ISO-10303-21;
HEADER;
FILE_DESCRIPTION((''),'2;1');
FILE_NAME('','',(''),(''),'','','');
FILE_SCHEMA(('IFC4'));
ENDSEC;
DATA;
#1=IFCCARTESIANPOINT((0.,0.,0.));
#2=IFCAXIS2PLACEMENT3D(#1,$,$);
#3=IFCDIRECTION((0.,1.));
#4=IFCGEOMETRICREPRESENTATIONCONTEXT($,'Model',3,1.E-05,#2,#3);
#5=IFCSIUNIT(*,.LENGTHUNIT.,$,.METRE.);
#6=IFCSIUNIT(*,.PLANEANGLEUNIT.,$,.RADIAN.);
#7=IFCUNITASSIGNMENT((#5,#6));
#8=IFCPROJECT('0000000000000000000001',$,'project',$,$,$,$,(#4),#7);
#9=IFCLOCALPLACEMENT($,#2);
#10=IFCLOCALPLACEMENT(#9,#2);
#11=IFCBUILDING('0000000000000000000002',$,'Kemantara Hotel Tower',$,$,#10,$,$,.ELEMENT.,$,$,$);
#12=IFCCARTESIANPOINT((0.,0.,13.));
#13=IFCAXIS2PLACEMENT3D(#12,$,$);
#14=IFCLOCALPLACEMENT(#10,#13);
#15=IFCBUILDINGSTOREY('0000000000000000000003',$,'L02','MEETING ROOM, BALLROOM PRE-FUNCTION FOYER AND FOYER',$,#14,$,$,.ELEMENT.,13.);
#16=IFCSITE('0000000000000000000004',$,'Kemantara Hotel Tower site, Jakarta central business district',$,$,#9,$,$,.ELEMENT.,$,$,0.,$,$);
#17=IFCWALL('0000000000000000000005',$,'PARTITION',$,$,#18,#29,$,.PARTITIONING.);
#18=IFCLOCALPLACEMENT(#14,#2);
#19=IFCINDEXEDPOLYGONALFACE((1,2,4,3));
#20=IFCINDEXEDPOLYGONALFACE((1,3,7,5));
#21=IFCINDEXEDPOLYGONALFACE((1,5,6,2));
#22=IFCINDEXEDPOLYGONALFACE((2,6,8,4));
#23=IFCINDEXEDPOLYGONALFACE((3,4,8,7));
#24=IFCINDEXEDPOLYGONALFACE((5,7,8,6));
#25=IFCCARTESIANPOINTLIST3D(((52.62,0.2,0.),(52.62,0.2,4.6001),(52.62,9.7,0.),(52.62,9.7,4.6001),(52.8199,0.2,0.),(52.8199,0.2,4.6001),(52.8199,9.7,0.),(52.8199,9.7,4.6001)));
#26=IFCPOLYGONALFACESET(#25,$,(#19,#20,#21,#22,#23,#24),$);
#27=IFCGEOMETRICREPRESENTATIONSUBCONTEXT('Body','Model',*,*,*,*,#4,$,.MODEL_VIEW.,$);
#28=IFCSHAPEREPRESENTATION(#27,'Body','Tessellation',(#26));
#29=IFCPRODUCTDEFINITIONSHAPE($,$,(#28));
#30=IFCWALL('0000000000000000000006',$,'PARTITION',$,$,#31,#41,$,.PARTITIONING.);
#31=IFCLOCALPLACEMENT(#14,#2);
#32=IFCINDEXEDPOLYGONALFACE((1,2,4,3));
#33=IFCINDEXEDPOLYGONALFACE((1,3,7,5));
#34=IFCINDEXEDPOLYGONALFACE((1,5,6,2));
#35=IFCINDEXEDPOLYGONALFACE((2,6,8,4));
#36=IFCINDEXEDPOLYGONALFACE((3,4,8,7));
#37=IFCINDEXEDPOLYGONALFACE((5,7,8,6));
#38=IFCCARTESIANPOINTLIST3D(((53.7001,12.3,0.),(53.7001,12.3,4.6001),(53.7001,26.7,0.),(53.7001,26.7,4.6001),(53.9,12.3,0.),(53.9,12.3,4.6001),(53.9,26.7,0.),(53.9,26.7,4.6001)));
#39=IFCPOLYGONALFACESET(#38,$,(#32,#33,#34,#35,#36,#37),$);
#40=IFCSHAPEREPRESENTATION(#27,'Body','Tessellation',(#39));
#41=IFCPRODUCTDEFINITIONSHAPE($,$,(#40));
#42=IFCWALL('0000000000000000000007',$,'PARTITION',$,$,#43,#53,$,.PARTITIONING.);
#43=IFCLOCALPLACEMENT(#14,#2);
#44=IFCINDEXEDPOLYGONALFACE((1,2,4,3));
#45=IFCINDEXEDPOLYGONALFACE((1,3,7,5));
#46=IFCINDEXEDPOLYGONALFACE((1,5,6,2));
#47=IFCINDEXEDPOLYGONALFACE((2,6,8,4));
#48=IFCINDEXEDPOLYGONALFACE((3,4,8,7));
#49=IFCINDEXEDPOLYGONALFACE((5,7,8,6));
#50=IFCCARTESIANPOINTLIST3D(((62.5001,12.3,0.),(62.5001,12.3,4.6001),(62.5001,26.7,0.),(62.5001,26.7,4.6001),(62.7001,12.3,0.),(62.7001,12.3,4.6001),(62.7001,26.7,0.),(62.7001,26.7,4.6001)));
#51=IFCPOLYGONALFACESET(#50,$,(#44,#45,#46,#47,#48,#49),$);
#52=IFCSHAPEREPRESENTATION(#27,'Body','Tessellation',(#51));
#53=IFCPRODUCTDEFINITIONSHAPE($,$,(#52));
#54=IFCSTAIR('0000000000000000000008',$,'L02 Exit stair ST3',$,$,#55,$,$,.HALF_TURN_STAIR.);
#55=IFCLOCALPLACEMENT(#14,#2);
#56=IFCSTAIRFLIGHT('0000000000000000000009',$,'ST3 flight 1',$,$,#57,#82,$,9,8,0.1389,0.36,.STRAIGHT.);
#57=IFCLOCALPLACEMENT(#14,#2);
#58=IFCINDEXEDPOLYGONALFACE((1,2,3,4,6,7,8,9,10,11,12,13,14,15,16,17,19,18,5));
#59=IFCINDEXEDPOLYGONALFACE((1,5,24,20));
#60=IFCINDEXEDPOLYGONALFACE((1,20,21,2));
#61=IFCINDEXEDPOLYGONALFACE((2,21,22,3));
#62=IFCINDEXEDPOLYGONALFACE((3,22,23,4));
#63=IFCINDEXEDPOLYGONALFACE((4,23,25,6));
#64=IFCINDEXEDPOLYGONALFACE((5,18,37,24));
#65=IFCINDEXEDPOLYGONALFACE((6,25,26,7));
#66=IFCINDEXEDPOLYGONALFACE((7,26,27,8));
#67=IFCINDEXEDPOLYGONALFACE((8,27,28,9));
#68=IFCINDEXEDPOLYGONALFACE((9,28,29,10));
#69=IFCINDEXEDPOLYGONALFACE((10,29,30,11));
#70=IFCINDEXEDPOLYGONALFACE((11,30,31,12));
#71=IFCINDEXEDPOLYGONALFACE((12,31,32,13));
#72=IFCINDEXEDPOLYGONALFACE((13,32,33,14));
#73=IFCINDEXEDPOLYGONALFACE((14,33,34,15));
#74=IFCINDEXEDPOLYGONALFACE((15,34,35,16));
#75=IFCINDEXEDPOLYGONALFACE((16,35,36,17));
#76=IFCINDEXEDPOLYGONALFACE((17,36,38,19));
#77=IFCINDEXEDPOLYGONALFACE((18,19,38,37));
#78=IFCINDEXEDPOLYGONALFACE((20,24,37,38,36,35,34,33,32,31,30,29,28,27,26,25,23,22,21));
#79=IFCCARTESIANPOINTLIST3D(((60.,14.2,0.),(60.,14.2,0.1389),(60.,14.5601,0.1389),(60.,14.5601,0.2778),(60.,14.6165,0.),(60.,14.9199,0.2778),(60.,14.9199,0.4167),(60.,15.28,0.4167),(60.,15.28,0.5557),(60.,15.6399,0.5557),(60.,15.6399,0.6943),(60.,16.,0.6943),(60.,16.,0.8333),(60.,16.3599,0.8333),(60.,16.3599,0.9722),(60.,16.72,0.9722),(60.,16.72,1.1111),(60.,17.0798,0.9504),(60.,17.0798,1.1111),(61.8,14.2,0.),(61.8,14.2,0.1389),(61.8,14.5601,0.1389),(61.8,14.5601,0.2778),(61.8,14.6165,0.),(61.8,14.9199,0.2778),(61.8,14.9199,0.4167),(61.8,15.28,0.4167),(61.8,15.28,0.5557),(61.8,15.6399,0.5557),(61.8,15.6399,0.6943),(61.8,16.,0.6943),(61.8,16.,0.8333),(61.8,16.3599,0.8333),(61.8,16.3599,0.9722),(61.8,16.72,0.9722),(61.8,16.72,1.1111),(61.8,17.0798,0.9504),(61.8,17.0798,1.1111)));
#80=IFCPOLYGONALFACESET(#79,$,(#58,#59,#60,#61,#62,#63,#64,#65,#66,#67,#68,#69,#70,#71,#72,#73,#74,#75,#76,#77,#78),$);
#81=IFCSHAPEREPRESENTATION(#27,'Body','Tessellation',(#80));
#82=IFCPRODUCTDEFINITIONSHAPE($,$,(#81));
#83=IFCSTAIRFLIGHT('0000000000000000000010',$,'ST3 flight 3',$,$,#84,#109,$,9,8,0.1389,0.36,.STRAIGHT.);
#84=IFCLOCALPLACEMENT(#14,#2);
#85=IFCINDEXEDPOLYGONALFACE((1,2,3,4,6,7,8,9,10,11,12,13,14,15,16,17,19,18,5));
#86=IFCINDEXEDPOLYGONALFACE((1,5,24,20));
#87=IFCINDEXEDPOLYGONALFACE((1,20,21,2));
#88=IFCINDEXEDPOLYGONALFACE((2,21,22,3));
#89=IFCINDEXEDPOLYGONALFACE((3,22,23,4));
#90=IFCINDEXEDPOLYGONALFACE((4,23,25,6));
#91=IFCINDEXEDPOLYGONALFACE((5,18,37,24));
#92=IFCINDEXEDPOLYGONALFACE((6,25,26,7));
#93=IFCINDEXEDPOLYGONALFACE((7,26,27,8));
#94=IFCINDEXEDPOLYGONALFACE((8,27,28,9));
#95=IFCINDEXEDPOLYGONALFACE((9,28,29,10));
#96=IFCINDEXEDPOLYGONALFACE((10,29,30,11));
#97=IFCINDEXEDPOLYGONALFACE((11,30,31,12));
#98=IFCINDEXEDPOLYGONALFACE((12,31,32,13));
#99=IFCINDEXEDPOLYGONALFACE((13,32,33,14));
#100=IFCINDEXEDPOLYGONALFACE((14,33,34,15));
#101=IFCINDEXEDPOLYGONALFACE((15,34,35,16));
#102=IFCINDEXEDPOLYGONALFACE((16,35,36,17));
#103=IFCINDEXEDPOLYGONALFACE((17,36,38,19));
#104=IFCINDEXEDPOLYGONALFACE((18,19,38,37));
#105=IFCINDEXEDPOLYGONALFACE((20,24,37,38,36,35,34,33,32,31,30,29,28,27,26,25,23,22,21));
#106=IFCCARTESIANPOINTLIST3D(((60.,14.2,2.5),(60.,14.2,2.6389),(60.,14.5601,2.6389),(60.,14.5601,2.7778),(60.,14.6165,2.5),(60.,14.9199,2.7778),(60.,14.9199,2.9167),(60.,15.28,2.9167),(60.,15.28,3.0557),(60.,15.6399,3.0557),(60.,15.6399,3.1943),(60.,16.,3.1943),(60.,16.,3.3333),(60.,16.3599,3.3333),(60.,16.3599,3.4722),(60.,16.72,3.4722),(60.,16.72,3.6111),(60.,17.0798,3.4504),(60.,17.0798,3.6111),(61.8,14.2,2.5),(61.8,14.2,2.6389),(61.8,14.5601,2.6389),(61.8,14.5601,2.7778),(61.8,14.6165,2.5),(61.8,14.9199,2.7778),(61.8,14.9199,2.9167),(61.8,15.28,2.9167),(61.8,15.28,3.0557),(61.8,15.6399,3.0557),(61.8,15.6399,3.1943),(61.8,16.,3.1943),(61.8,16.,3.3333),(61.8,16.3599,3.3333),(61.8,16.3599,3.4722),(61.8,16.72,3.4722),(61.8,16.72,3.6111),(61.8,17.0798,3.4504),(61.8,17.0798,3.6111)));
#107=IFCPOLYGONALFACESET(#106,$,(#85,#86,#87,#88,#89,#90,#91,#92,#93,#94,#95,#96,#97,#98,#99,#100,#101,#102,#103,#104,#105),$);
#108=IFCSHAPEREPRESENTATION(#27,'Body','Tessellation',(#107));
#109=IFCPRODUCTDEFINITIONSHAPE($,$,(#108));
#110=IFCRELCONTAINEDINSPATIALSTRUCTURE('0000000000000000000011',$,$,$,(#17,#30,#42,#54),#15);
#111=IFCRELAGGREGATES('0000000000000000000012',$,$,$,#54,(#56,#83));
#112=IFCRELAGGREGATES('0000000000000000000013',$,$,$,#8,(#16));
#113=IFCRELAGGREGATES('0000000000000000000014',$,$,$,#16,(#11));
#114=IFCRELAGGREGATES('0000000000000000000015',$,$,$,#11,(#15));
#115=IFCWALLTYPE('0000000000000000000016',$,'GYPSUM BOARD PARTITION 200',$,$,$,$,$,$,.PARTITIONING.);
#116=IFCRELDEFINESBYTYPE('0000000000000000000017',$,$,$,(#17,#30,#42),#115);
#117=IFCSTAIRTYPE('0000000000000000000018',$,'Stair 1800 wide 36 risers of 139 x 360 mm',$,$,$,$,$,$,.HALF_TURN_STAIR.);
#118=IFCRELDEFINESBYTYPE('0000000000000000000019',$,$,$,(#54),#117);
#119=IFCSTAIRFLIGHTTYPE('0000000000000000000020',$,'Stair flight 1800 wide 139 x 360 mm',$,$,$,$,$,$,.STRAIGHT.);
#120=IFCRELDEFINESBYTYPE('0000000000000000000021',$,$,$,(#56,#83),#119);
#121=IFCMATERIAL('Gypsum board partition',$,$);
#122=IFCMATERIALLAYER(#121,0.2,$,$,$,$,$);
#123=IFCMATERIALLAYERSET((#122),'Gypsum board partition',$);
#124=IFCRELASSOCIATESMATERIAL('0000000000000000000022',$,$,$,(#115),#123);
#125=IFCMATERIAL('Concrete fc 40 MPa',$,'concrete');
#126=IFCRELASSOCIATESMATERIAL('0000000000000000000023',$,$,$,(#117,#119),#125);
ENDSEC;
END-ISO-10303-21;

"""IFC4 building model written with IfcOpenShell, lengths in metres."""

from ifc_helpers import new_model, si_unit, direction, frame, frame_2d, origin, place, context, subcontext, project, spatial, polyline, rectangle, outline, extrude, material, layer, layer_set, type_object, element, aggregate, save


model = new_model("IFC4")

# Units and contexts
model_context = context("Model", 3, precision=1e-05, world=origin(), true_north=direction((0.0, 1.0)))
body_context = subcontext(model_context, "Body", "Model", "MODEL_VIEW")
ifc_project = project(units=[si_unit("LENGTHUNIT", "METRE"), si_unit("PLANEANGLEUNIT", "RADIAN")], contexts=[model_context])

# Site, building, storey
site_placement = place(None, origin())
site = spatial("IfcSite", under=ifc_project, at=site_placement, Name="Kemantara Hotel Tower site, Jakarta central business district", CompositionType="ELEMENT", RefElevation=0.0)
building_placement = place(site_placement, origin())
building = spatial("IfcBuilding", under=site, at=building_placement, Name="Kemantara Hotel Tower", CompositionType="ELEMENT")
storey_placement = place(building_placement, frame((0.0, 0.0, 13.0)))
storey = spatial("IfcBuildingStorey", under=building, at=storey_placement, Name="L02", Description="MEETING ROOM, BALLROOM PRE-FUNCTION FOYER AND FOYER", CompositionType="ELEMENT", Elevation=13.0)

# Shared definitions
ifc_material_1 = material(Name="Concrete fc 40 MPa", Category="concrete")

# Walls
ifc_material_2 = material(Name="Gypsum board partition")
ifc_layer_1 = layer(ifc_material_2, 0.2)
ifc_layer_set_1 = layer_set([ifc_layer_1], Name="Gypsum board partition")
wall_type_1 = type_object("IfcWallType", Name="GYPSUM BOARD PARTITION 200", PredefinedType="PARTITIONING", material=ifc_layer_set_1)
wall_1_placement = place(storey_placement, frame((52.72, 0.2, 0.0), z_axis=(0.0, 0.0, 1.0), x_axis=(0.0, 1.0, 0.0)))
element("IfcWall", 1, at=wall_1_placement, inside=storey, type_object=wall_type_1, Name="PARTITION", PredefinedType="PARTITIONING", context=body_context, shape_type="SweptSolid", body=[
    extrude(rectangle(XDim=9.5, YDim=0.2, at=frame_2d((4.75, 0.0))), origin(), (0.0, 0.0, 1.0), 4.6001),
])
for number, where, z_axis, x_axis, name in (
    (2, (53.8, 12.3, 0.0), (0.0, 0.0, 1.0), (0.0, 1.0, 0.0), "PARTITION"),
    (3, (62.6001, 12.3, 0.0), (0.0, 0.0, 1.0), (0.0, 1.0, 0.0), "PARTITION"),
):
    element("IfcWall", number, at=place(storey_placement, frame(where, z_axis=z_axis, x_axis=x_axis)), inside=storey, type_object=wall_type_1, Name=name, PredefinedType="PARTITIONING", context=body_context, shape_type="SweptSolid", body=[
        extrude(rectangle(XDim=14.3999, YDim=0.2, at=frame_2d((7.2, 0.0))), origin(), (0.0, 0.0, 1.0), 4.6001),
    ])

# Stair, stair flights
stair_type = type_object("IfcStairType", Name="Stair 1800 wide 36 risers of 139 x 360 mm", PredefinedType="HALF_TURN_STAIR", material=ifc_material_1)
stair_placement = place(storey_placement, origin())
stair = element("IfcStair", 4, at=stair_placement, inside=storey, type_object=stair_type, Name="L02 Exit stair ST3", PredefinedType="HALF_TURN_STAIR")
stair_flight_type = type_object("IfcStairFlightType", Name="Stair flight 1800 wide 139 x 360 mm", PredefinedType="STRAIGHT", material=ifc_material_1)
stair_flight_1_placement = place(storey_placement, frame((60.8999, 14.2, 0.0), z_axis=(0.0, 0.0, 1.0), x_axis=(0.0, 1.0, 0.0)))
stair_flight_1 = element("IfcStairFlight", 5, at=stair_flight_1_placement, type_object=stair_flight_type, Name="ST3 flight 1", NumberOfRisers=9, NumberOfTreads=8, PredefinedType="STRAIGHT", RiserHeight=0.1389, TreadLength=0.36, context=body_context, shape_type="SweptSolid", body=[
    extrude(outline(polyline([(0.0, 0.0), (0.0, 0.1389), (0.3601, 0.1389), (0.3601, 0.2778), (0.72, 0.2778), (0.72, 0.4167), (1.0801, 0.4167), (1.0801, 0.5557), (1.4399, 0.5557), (1.4399, 0.6943), (1.8, 0.6943), (1.8, 0.8333), (2.1599, 0.8333), (2.1599, 0.9722), (2.52, 0.9722), (2.52, 1.1111), (2.8799, 1.1111), (2.8799, 1.25), (2.8799, 0.9504), (0.4165, 0.0), (0.0, 0.0)])), frame((0.0, 0.8999, 0.0), z_axis=(0.0, -1.0, 0.0), x_axis=(1.0, 0.0, 0.0)), (0.0, 0.0, 1.0), 1.8),
])
stair_flight_2_placement = place(storey_placement, frame((60.8999, 14.2, 2.5), z_axis=(0.0, 0.0, 1.0), x_axis=(0.0, 1.0, 0.0)))
stair_flight_2 = element("IfcStairFlight", 6, at=stair_flight_2_placement, type_object=stair_flight_type, Name="ST3 flight 3", NumberOfRisers=9, NumberOfTreads=8, PredefinedType="STRAIGHT", RiserHeight=0.1389, TreadLength=0.36, context=body_context, shape_type="SweptSolid", body=[
    extrude(outline(polyline([(0.0, 0.0), (0.0, 0.1389), (0.3601, 0.1389), (0.3601, 0.2778), (0.72, 0.2778), (0.72, 0.4167), (1.0801, 0.4167), (1.0801, 0.5557), (1.4399, 0.5557), (1.4399, 0.6943), (1.8, 0.6943), (1.8, 0.8333), (2.1599, 0.8333), (2.1599, 0.9722), (2.52, 0.9722), (2.52, 1.1111), (2.8799, 1.1111), (2.8799, 1.25), (2.8799, 0.9504), (0.4165, 0.0), (0.0, 0.0)])), frame((0.0, 0.8999, 0.0), z_axis=(0.0, -1.0, 0.0), x_axis=(1.0, 0.0, 0.0)), (0.0, 0.0, 1.0), 1.8),
])
aggregate(stair, [stair_flight_1, stair_flight_2])

save(model, "model.ifc")
